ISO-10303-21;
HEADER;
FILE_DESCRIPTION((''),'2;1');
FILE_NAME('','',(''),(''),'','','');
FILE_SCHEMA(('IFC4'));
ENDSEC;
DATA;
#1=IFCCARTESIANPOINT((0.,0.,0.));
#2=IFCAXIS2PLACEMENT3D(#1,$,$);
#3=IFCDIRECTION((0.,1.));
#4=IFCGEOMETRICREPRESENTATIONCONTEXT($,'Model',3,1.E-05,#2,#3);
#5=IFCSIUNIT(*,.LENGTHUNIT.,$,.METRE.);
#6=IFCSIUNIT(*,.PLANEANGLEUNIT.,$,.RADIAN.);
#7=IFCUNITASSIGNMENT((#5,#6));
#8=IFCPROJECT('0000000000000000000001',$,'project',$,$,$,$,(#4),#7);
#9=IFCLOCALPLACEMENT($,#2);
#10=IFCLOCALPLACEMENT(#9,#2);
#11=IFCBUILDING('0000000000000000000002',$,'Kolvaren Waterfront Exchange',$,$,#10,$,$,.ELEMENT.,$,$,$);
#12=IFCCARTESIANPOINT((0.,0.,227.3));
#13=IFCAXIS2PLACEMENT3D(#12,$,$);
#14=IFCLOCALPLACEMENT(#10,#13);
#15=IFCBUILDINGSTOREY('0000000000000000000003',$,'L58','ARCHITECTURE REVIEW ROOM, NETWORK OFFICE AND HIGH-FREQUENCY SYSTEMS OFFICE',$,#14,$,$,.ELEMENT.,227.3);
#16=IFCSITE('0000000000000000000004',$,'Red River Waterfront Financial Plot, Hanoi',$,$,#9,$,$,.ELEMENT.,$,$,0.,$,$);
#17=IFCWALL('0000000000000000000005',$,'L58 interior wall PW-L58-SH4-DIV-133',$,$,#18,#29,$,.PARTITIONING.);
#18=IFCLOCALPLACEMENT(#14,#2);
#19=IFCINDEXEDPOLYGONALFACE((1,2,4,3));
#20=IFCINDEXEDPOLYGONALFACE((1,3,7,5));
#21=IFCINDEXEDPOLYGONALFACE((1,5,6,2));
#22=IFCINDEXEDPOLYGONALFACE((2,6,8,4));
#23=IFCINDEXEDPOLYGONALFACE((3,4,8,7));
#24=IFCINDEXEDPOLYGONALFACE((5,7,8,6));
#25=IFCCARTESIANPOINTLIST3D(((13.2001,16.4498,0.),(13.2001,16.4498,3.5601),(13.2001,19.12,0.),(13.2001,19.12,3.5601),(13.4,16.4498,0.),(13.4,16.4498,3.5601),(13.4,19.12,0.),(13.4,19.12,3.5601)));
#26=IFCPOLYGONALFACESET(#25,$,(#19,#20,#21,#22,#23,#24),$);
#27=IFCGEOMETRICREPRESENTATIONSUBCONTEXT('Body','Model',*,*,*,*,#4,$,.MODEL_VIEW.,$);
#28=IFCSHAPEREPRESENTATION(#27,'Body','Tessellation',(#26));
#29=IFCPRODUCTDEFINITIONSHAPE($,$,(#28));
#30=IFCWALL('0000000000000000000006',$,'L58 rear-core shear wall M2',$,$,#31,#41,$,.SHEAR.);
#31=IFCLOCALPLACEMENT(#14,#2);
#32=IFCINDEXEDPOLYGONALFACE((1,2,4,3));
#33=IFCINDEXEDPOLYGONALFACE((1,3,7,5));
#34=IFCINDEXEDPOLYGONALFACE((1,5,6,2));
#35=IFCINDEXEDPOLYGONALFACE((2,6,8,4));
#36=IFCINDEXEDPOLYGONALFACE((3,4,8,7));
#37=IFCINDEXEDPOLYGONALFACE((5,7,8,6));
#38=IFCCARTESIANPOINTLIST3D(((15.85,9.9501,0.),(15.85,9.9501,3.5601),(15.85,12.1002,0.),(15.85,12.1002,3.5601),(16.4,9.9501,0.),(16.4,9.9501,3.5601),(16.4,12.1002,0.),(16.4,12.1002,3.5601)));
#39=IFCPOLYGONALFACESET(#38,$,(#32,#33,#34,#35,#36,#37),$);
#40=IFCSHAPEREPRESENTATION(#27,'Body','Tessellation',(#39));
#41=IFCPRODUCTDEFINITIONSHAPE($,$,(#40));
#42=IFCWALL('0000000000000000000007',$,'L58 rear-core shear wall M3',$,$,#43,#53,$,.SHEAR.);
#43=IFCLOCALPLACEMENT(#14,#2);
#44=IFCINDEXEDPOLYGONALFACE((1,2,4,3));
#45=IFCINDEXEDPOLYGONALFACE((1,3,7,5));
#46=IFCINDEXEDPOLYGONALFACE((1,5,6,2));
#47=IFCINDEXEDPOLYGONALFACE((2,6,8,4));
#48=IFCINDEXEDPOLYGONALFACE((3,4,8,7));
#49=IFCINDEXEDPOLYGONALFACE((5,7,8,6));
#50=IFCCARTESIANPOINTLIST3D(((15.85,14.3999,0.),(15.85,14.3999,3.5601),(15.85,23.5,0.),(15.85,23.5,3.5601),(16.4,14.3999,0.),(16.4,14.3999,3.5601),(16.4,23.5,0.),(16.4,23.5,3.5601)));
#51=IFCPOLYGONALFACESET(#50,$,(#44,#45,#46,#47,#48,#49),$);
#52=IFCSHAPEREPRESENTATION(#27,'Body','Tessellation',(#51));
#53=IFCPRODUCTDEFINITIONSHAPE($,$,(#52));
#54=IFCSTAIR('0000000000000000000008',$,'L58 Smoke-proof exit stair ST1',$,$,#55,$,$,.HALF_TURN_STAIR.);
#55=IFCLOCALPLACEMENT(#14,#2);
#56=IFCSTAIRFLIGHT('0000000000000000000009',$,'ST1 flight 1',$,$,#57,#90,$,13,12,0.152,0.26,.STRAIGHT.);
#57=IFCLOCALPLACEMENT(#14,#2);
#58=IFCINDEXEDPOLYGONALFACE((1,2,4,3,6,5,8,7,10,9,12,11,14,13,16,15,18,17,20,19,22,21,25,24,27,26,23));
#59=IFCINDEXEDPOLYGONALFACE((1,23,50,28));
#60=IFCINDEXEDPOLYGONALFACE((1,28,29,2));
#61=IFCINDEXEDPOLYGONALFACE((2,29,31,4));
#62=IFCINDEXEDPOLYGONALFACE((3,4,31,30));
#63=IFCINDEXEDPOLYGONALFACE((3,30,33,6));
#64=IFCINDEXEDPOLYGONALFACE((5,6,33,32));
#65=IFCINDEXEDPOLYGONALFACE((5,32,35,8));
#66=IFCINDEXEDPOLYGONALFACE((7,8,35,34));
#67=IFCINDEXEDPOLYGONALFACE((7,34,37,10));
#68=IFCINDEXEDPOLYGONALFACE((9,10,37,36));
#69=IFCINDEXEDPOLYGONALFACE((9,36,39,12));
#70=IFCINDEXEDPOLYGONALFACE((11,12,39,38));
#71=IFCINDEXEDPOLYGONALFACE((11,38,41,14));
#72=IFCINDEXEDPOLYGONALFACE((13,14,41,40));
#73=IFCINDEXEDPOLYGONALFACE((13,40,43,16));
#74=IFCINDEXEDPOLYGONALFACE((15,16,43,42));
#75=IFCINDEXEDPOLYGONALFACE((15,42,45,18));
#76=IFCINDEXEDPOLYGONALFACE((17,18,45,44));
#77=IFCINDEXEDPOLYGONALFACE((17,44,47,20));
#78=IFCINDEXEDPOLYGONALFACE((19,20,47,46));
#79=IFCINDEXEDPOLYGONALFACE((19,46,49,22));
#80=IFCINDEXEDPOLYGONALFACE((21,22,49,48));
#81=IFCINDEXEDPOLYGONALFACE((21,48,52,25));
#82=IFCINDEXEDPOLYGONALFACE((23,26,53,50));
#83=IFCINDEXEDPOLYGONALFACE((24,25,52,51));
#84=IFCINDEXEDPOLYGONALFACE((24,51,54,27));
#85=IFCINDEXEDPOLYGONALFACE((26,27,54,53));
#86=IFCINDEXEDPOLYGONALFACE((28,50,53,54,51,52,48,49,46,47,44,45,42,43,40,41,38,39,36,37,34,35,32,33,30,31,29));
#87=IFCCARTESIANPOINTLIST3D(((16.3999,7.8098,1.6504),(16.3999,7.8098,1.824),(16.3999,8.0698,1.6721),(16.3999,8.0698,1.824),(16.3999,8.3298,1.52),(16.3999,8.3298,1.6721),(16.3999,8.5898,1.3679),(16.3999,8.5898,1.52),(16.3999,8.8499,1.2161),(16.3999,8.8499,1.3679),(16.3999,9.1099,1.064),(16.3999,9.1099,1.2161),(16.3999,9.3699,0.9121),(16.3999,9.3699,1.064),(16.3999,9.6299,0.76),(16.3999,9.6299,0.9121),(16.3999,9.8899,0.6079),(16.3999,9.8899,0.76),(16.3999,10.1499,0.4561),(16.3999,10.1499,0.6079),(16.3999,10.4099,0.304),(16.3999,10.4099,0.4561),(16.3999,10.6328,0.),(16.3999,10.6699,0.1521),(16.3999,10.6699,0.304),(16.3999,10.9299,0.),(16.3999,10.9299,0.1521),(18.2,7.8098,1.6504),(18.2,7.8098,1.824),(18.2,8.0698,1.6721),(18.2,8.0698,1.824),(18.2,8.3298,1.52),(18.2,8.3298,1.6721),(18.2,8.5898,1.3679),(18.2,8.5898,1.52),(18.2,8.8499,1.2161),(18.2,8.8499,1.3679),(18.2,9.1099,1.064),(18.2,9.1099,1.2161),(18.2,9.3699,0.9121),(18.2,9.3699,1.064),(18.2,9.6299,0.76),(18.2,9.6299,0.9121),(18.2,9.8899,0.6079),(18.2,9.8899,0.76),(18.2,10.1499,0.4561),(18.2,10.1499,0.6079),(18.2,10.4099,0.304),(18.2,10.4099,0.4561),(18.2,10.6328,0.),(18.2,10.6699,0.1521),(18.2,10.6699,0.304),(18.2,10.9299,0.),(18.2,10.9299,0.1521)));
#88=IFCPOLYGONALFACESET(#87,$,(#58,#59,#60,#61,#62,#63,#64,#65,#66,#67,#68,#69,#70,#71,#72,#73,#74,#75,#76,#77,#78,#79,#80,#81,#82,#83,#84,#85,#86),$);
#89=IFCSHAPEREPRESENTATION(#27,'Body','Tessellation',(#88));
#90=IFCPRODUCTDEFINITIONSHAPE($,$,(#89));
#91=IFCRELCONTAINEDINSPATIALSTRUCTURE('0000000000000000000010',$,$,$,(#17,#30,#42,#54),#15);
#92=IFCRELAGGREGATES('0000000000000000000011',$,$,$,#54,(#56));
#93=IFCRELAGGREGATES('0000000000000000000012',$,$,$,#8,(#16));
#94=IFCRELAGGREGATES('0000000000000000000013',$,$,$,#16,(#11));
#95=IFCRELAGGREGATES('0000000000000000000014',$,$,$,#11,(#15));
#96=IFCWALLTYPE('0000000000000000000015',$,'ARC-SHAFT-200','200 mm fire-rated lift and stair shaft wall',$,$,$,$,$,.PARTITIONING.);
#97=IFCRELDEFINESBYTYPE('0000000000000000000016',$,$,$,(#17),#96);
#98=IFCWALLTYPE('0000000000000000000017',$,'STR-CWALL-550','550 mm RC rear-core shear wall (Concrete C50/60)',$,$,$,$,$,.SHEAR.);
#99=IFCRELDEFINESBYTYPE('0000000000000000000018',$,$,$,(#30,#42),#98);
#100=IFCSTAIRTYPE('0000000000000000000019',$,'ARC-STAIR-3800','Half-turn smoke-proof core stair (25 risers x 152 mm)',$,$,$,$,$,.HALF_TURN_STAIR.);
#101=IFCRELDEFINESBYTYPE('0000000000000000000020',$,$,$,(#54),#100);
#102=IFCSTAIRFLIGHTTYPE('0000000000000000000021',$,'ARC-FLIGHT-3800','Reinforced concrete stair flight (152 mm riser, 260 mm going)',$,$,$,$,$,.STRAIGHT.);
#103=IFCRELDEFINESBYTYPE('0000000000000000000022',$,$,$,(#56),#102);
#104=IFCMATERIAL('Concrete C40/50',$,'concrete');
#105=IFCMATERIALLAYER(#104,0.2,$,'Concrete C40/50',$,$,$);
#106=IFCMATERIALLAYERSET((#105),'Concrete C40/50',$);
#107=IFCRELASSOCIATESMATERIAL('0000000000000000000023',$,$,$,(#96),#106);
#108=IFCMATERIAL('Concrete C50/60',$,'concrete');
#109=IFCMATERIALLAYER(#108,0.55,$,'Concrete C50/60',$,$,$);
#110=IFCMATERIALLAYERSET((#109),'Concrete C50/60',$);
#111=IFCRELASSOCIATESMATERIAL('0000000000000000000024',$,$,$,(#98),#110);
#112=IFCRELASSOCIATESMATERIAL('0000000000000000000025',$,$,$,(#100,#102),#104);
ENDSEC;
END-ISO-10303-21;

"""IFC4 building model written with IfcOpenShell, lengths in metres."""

from ifc_helpers import new_model, si_unit, direction, frame, frame_2d, origin, place, context, subcontext, project, spatial, polyline, rectangle, outline, extrude, material, layer, layer_set, type_object, element, aggregate, save


model = new_model("IFC4")

# Units and contexts
model_context = context("Model", 3, precision=1e-05, world=origin(), true_north=direction((0.0, 1.0)))
body_context = subcontext(model_context, "Body", "Model", "MODEL_VIEW")
ifc_project = project(units=[si_unit("LENGTHUNIT", "METRE"), si_unit("PLANEANGLEUNIT", "RADIAN")], contexts=[model_context])

# Site, building, storey
site_placement = place(None, origin())
site = spatial("IfcSite", under=ifc_project, at=site_placement, Name="Red River Waterfront Financial Plot, Hanoi", CompositionType="ELEMENT", RefElevation=0.0)
building_placement = place(site_placement, origin())
building = spatial("IfcBuilding", under=site, at=building_placement, Name="Kolvaren Waterfront Exchange", CompositionType="ELEMENT")
storey_placement = place(building_placement, frame((0.0, 0.0, 227.3)))
storey = spatial("IfcBuildingStorey", under=building, at=storey_placement, Name="L58", Description="ARCHITECTURE REVIEW ROOM, NETWORK OFFICE AND HIGH-FREQUENCY SYSTEMS OFFICE", CompositionType="ELEMENT", Elevation=227.3)

# Walls
ifc_material_1 = material(Name="Concrete C40/50", Category="concrete")
ifc_layer_1 = layer(ifc_material_1, 0.2, Name="Concrete C40/50")
ifc_layer_set_1 = layer_set([ifc_layer_1], Name="Concrete C40/50")
wall_type_1 = type_object("IfcWallType", Name="ARC-SHAFT-200", Description="200 mm fire-rated lift and stair shaft wall", PredefinedType="PARTITIONING", material=ifc_layer_set_1)
for number, where, z_axis, x_axis, name in (
    (1, (13.3, 16.45, 0.0), (0.0, 0.0, 1.0), (0.0, 1.0, 0.0), "L58 interior wall PW-L58-SH4-DIV-133"),
):
    element("IfcWall", number, at=place(storey_placement, frame(where, z_axis=z_axis, x_axis=x_axis)), inside=storey, type_object=wall_type_1, Name=name, PredefinedType="PARTITIONING", context=body_context, shape_type="SweptSolid", body=[
        extrude(rectangle(XDim=2.6702, YDim=0.2, at=frame_2d((1.335, 0.0))), origin(), (0.0, 0.0, 1.0), 3.5601),
    ])
ifc_material_2 = material(Name="Concrete C50/60", Category="concrete")
ifc_layer_2 = layer(ifc_material_2, 0.55, Name="Concrete C50/60")
ifc_layer_set_2 = layer_set([ifc_layer_2], Name="Concrete C50/60")
wall_type_2 = type_object("IfcWallType", Name="STR-CWALL-550", Description="550 mm RC rear-core shear wall (Concrete C50/60)", PredefinedType="SHEAR", material=ifc_layer_set_2)
wall_1_placement = place(storey_placement, frame((16.125, 9.95, 0.0), z_axis=(0.0, 0.0, 1.0), x_axis=(0.0, 1.0, 0.0)))
element("IfcWall", 2, at=wall_1_placement, inside=storey, type_object=wall_type_2, Name="L58 rear-core shear wall M2", PredefinedType="SHEAR", context=body_context, shape_type="SweptSolid", body=[
    extrude(rectangle(XDim=2.1501, YDim=0.55, at=frame_2d((1.0752, 0.0))), origin(), (0.0, 0.0, 1.0), 3.5601),
])
wall_2_placement = place(storey_placement, frame((16.125, 14.3999, 0.0), z_axis=(0.0, 0.0, 1.0), x_axis=(0.0, 1.0, 0.0)))
element("IfcWall", 3, at=wall_2_placement, inside=storey, type_object=wall_type_2, Name="L58 rear-core shear wall M3", PredefinedType="SHEAR", context=body_context, shape_type="SweptSolid", body=[
    extrude(rectangle(XDim=9.1001, YDim=0.55, at=frame_2d((4.55, 0.0))), origin(), (0.0, 0.0, 1.0), 3.5601),
])

# Stair, stair flight
stair_type = type_object("IfcStairType", Name="ARC-STAIR-3800", Description="Half-turn smoke-proof core stair (25 risers x 152 mm)", PredefinedType="HALF_TURN_STAIR", material=ifc_material_1)
stair_placement = place(storey_placement, origin())
stair = element("IfcStair", 4, at=stair_placement, inside=storey, type_object=stair_type, Name="L58 Smoke-proof exit stair ST1", PredefinedType="HALF_TURN_STAIR")
stair_flight_type = type_object("IfcStairFlightType", Name="ARC-FLIGHT-3800", Description="Reinforced concrete stair flight (152 mm riser, 260 mm going)", PredefinedType="STRAIGHT", material=ifc_material_1)
stair_flight_placement = place(storey_placement, frame((17.3, 10.9299, 0.0), z_axis=(0.0, 0.0, 1.0), x_axis=(0.0, -1.0, 0.0)))
stair_flight = element("IfcStairFlight", 5, at=stair_flight_placement, type_object=stair_flight_type, Name="ST1 flight 1", NumberOfRisers=13, NumberOfTreads=12, PredefinedType="STRAIGHT", RiserHeight=0.152, TreadLength=0.26, context=body_context, shape_type="SweptSolid", body=[
    extrude(outline(polyline([(0.0, 0.0), (0.0, 0.1521), (0.26, 0.1521), (0.26, 0.304), (0.52, 0.304), (0.52, 0.4561), (0.78, 0.4561), (0.78, 0.6079), (1.04, 0.6079), (1.04, 0.76), (1.3, 0.76), (1.3, 0.9121), (1.5601, 0.9121), (1.5601, 1.064), (1.8201, 1.064), (1.8201, 1.2161), (2.0801, 1.2161), (2.0801, 1.3679), (2.3401, 1.3679), (2.3401, 1.52), (2.6001, 1.52), (2.6001, 1.6721), (2.8601, 1.6721), (2.8601, 1.824), (3.1201, 1.824), (3.1201, 1.9761), (3.1201, 1.6504), (0.2971, 0.0), (0.0, 0.0)])), frame((0.0, 0.8999, 0.0), z_axis=(0.0, -1.0, 0.0), x_axis=(1.0, 0.0, 0.0)), (0.0, 0.0, 1.0), 1.8),
])
aggregate(stair, [stair_flight])

save(model, "model.ifc")
